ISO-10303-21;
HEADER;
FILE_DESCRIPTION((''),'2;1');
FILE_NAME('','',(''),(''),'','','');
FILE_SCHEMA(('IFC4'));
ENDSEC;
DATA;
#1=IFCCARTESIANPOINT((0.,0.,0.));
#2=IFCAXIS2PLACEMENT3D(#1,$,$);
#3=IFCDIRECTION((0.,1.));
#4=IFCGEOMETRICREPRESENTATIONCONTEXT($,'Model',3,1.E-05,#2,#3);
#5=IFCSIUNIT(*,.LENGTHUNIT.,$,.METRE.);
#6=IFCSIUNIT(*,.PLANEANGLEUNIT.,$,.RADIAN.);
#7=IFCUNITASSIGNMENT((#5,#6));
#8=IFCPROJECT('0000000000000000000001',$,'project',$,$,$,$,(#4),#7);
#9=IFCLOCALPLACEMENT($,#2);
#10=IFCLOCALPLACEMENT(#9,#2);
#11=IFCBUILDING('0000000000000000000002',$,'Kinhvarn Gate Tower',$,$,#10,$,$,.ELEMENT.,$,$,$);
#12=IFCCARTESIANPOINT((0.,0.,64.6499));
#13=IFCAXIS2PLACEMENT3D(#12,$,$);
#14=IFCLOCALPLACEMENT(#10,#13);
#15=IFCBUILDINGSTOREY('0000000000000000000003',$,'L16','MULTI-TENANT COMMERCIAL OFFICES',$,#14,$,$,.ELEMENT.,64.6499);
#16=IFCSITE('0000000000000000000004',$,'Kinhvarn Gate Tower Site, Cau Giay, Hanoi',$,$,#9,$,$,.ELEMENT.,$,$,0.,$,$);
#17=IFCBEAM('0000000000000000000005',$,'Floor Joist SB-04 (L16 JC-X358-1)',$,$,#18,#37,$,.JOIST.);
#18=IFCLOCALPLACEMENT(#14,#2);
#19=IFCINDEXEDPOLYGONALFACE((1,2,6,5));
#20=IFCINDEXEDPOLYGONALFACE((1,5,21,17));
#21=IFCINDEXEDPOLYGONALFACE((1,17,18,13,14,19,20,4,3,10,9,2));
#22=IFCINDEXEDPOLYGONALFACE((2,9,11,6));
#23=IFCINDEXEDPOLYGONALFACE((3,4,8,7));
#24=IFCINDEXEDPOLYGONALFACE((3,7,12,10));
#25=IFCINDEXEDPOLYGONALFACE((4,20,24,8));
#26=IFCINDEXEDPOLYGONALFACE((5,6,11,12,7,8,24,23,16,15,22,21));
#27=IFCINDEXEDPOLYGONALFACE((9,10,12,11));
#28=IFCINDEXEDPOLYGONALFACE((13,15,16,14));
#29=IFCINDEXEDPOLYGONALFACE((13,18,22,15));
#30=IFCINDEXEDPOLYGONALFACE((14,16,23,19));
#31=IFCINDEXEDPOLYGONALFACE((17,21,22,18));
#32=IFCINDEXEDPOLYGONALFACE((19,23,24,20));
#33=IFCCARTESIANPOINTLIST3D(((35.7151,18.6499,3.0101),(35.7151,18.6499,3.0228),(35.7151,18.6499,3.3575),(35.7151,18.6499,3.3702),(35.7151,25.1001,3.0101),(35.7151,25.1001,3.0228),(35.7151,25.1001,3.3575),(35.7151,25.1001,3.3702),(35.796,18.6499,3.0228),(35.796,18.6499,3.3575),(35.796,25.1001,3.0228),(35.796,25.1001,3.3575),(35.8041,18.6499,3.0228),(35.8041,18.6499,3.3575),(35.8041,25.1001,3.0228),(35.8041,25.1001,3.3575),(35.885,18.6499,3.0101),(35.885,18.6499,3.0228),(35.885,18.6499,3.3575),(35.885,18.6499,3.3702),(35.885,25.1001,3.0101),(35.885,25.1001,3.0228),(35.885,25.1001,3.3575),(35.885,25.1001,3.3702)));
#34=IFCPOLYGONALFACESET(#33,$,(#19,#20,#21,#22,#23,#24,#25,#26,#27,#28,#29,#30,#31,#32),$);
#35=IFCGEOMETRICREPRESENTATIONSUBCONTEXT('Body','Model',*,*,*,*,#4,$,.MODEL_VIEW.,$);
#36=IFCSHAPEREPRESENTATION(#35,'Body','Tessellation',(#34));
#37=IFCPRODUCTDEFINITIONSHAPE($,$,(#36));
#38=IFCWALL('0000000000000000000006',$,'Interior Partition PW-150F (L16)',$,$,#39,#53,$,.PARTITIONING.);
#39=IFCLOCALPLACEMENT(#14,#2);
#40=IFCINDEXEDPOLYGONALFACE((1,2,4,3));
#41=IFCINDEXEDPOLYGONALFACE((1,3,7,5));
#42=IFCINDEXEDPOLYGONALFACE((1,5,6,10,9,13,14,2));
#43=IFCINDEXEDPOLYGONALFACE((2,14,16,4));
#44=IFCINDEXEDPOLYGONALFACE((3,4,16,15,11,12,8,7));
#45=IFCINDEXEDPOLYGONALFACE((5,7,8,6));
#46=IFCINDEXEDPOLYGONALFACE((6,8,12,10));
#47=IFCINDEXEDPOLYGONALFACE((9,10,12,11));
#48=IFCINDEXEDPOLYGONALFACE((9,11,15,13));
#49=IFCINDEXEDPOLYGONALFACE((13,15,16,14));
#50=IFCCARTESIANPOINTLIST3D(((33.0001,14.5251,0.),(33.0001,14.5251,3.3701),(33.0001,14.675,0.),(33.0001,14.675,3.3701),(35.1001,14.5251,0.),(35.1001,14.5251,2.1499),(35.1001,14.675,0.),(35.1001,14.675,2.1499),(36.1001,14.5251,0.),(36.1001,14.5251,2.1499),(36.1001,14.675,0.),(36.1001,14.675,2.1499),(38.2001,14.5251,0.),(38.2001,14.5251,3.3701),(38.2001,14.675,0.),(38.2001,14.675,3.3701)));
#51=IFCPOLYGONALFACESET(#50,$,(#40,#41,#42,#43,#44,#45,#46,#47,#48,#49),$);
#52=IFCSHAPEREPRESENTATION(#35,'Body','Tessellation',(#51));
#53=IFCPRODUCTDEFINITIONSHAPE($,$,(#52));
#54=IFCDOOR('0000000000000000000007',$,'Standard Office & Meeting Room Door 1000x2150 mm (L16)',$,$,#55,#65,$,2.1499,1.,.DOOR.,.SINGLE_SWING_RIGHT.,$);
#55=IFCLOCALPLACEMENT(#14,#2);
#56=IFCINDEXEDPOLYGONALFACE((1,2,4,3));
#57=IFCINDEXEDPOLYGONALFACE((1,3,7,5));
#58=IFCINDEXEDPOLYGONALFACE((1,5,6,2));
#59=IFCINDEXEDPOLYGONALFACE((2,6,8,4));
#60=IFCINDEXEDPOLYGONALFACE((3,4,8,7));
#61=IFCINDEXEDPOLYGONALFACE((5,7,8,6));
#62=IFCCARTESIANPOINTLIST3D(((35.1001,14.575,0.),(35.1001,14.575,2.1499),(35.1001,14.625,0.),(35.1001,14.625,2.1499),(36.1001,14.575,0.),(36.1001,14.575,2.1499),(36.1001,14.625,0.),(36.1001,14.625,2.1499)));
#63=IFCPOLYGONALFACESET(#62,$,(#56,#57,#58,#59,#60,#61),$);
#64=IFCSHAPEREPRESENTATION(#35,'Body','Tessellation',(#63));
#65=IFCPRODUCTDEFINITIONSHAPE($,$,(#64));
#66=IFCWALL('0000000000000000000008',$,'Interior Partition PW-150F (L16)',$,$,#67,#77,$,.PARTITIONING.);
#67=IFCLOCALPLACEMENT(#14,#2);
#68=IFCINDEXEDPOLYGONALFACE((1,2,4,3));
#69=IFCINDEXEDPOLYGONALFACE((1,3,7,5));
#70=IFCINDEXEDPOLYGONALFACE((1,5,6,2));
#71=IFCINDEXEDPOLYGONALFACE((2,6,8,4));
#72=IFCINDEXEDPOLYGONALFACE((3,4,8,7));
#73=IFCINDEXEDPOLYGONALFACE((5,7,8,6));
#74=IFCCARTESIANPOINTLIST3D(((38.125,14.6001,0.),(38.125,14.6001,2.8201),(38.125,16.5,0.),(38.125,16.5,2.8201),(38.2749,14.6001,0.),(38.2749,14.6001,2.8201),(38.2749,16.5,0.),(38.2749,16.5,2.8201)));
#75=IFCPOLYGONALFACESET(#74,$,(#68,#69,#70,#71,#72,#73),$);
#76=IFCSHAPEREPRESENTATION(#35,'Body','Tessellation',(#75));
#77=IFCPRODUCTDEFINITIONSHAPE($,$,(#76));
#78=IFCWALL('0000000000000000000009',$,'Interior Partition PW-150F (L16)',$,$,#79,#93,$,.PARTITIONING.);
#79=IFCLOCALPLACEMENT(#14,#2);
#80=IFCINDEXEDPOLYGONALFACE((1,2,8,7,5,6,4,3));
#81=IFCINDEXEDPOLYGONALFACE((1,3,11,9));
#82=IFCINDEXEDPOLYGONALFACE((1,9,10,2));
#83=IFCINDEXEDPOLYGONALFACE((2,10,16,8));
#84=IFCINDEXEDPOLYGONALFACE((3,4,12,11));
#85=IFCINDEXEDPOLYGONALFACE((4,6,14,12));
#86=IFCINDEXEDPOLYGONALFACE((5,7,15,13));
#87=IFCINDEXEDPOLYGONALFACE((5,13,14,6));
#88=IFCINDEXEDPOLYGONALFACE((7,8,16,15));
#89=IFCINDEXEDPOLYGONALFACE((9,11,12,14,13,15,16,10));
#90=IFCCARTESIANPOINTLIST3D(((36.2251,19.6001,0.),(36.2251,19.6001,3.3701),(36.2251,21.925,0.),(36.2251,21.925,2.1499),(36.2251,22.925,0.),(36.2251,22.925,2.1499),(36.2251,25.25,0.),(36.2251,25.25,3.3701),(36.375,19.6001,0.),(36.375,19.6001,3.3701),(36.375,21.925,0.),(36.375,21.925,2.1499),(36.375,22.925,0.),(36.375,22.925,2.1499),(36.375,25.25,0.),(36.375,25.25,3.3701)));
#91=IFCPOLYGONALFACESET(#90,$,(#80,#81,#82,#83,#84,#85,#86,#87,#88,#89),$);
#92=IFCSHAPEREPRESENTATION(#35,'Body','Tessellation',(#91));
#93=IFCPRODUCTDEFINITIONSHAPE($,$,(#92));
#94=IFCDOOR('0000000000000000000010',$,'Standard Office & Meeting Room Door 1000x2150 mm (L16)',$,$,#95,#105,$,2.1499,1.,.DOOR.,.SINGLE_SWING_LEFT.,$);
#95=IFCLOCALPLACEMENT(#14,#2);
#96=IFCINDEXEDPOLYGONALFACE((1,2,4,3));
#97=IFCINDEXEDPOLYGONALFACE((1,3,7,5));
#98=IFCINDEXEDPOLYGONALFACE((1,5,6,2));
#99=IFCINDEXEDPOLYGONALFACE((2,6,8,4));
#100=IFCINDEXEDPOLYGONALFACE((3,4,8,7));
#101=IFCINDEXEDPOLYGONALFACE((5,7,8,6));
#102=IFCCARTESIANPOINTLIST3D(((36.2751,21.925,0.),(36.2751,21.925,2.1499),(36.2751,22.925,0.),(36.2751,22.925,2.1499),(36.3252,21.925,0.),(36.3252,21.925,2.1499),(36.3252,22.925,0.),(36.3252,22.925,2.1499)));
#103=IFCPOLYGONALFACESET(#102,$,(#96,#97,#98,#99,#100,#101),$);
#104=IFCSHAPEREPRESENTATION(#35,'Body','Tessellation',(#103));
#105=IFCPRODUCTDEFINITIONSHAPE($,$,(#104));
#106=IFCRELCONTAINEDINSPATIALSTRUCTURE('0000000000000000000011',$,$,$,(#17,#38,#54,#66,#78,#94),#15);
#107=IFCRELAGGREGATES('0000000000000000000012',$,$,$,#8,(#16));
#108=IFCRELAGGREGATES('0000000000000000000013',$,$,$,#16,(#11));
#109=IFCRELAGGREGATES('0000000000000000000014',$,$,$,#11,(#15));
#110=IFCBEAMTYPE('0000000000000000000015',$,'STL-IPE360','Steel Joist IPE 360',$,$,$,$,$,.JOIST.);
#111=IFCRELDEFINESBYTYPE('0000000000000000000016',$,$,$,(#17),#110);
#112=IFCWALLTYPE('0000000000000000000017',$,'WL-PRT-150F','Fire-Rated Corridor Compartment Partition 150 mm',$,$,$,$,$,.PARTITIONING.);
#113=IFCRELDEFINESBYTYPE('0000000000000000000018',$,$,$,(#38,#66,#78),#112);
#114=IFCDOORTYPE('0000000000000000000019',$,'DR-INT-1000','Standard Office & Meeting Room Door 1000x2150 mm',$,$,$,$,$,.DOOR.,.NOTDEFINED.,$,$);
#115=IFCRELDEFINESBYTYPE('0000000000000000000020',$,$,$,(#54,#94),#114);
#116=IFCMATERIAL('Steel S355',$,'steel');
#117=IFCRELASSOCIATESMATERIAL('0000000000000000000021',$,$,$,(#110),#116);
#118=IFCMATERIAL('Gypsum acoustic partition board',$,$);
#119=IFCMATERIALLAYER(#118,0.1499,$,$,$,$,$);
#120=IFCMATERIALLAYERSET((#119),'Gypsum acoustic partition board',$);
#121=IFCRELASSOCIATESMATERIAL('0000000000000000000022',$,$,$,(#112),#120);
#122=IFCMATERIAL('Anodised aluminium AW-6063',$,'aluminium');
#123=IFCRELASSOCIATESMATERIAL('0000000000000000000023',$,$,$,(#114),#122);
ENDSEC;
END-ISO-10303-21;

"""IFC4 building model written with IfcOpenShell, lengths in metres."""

from ifc_helpers import new_model, si_unit, direction, frame, frame_2d, origin, origin_2d, place, context, subcontext, project, spatial, rectangle, i_section, extrude, material, layer, layer_set, material_profile, profile_set, type_object, element, fill, save


model = new_model("IFC4")

# Units and contexts
model_context = context("Model", 3, precision=1e-05, world=origin(), true_north=direction((0.0, 1.0)))
body_context = subcontext(model_context, "Body", "Model", "MODEL_VIEW")
ifc_project = project(units=[si_unit("LENGTHUNIT", "METRE"), si_unit("PLANEANGLEUNIT", "RADIAN")], contexts=[model_context])

# Site, building, storey
site_placement = place(None, origin())
site = spatial("IfcSite", under=ifc_project, at=site_placement, Name="Kinhvarn Gate Tower Site, Cau Giay, Hanoi", CompositionType="ELEMENT", RefElevation=0.0)
building_placement = place(site_placement, origin())
building = spatial("IfcBuilding", under=site, at=building_placement, Name="Kinhvarn Gate Tower", CompositionType="ELEMENT")
storey_placement = place(building_placement, frame((0.0, 0.0, 64.6499)))
storey = spatial("IfcBuildingStorey", under=building, at=storey_placement, Name="L16", Description="MULTI-TENANT COMMERCIAL OFFICES", CompositionType="ELEMENT", Elevation=64.6499)

# Beam
ifc_material_1 = material(Name="Steel S355", Category="steel")
ifc_material_profile_1 = material_profile(ifc_material_1, i_section(OverallWidth=0.1699, OverallDepth=0.3601, WebThickness=0.0081, FlangeThickness=0.0127, at=origin_2d()), Name="IPE 360")
ifc_profile_set_1 = profile_set([ifc_material_profile_1], Name="Steel S355")
beam_type_1 = type_object("IfcBeamType", Name="STL-IPE360", Description="Steel Joist IPE 360", PredefinedType="JOIST", material=ifc_profile_set_1)
beam_1_placement = place(storey_placement, frame((35.8, 18.6499, 3.1902), z_axis=(0.0, 1.0, 0.0), x_axis=(-1.0, 0.0, 0.0)))
element("IfcBeam", 1, at=beam_1_placement, inside=storey, type_object=beam_type_1, Name="Floor Joist SB-04 (L16 JC-X358-1)", PredefinedType="JOIST", context=body_context, shape_type="SweptSolid", body=[
    extrude(i_section(OverallWidth=0.1699, OverallDepth=0.3601, WebThickness=0.0081, FlangeThickness=0.0127, at=origin_2d()), origin(), (0.0, 0.0, 1.0), 6.4502),
])

# Wall, opening, door
ifc_material_2 = material(Name="Gypsum acoustic partition board")
ifc_layer = layer(ifc_material_2, 0.1499)
ifc_layer_set = layer_set([ifc_layer], Name="Gypsum acoustic partition board")
wall_type = type_object("IfcWallType", Name="WL-PRT-150F", Description="Fire-Rated Corridor Compartment Partition 150 mm", PredefinedType="PARTITIONING", material=ifc_layer_set)
wall_1_placement = place(storey_placement, frame((33.0, 14.6001, 0.0), z_axis=(0.0, 0.0, 1.0), x_axis=(1.0, 0.0, 0.0)))
wall_1 = element("IfcWall", 2, at=wall_1_placement, inside=storey, type_object=wall_type, Name="Interior Partition PW-150F (L16)", PredefinedType="PARTITIONING", context=body_context, shape_type="SweptSolid", body=[
    extrude(rectangle(XDim=5.2, YDim=0.1499, at=frame_2d((2.6001, 0.0))), origin(), (0.0, 0.0, 1.0), 3.3701),
])
opening_1_placement = place(wall_1_placement, frame((2.1001, 0.0, 0.0)))
opening_1 = element("IfcOpeningElement", 3, at=opening_1_placement, cuts=wall_1, PredefinedType="OPENING", context=body_context, shape_type="SweptSolid", body=[
    extrude(rectangle(XDim=1.0, YDim=2.1499, at=frame_2d((0.5, 1.075))), frame((0.0, 0.085, 0.0), z_axis=(0.0, -1.0, 0.0), x_axis=(1.0, 0.0, 0.0)), (0.0, 0.0, 1.0), 0.1699),
])
ifc_material_3 = material(Name="Anodised aluminium AW-6063", Category="aluminium")
door_type = type_object("IfcDoorType", Name="DR-INT-1000", Description="Standard Office & Meeting Room Door 1000x2150 mm", OperationType="NOTDEFINED", PredefinedType="DOOR", material=ifc_material_3)
door_1_placement = place(opening_1_placement, origin())
door_1 = element("IfcDoor", 4, at=door_1_placement, inside=storey, type_object=door_type, Name="Standard Office & Meeting Room Door 1000x2150 mm (L16)", OperationType="SINGLE_SWING_RIGHT", OverallHeight=2.1499, OverallWidth=1.0, PredefinedType="DOOR", context=body_context, shape_type="SweptSolid", body=[
    extrude(rectangle(XDim=1.0, YDim=2.1499, at=frame_2d((0.5, 1.075))), frame((0.0, 0.0249, 0.0), z_axis=(0.0, -1.0, 0.0), x_axis=(1.0, 0.0, 0.0)), (0.0, 0.0, 1.0), 0.05),
])
fill(opening_1, door_1)

# Wall
wall_2_placement = place(storey_placement, frame((38.2, 14.6001, 0.0), z_axis=(0.0, 0.0, 1.0), x_axis=(0.0, 1.0, 0.0)))
element("IfcWall", 5, at=wall_2_placement, inside=storey, type_object=wall_type, Name="Interior Partition PW-150F (L16)", PredefinedType="PARTITIONING", context=body_context, shape_type="SweptSolid", body=[
    extrude(rectangle(XDim=1.8999, YDim=0.1499, at=frame_2d((0.95, 0.0))), origin(), (0.0, 0.0, 1.0), 2.8201),
])

# Wall, opening, door
wall_3_placement = place(storey_placement, frame((36.3, 19.6001, 0.0), z_axis=(0.0, 0.0, 1.0), x_axis=(0.0, 1.0, 0.0)))
wall_3 = element("IfcWall", 6, at=wall_3_placement, inside=storey, type_object=wall_type, Name="Interior Partition PW-150F (L16)", PredefinedType="PARTITIONING", context=body_context, shape_type="SweptSolid", body=[
    extrude(rectangle(XDim=5.6499, YDim=0.1499, at=frame_2d((2.825, 0.0))), origin(), (0.0, 0.0, 1.0), 3.3701),
])
opening_2_placement = place(wall_3_placement, frame((2.325, 0.0, 0.0)))
opening_2 = element("IfcOpeningElement", 7, at=opening_2_placement, cuts=wall_3, PredefinedType="OPENING", context=body_context, shape_type="SweptSolid", body=[
    extrude(rectangle(XDim=1.0, YDim=2.1499, at=frame_2d((0.5, 1.075))), frame((0.0, 0.085, 0.0), z_axis=(0.0, -1.0, 0.0), x_axis=(1.0, 0.0, 0.0)), (0.0, 0.0, 1.0), 0.1699),
])
door_2_placement = place(opening_2_placement, origin())
door_2 = element("IfcDoor", 8, at=door_2_placement, inside=storey, type_object=door_type, Name="Standard Office & Meeting Room Door 1000x2150 mm (L16)", OperationType="SINGLE_SWING_LEFT", OverallHeight=2.1499, OverallWidth=1.0, PredefinedType="DOOR", context=body_context, shape_type="SweptSolid", body=[
    extrude(rectangle(XDim=1.0, YDim=2.1499, at=frame_2d((0.5, 1.075))), frame((0.0, 0.0249, 0.0), z_axis=(0.0, -1.0, 0.0), x_axis=(1.0, 0.0, 0.0)), (0.0, 0.0, 1.0), 0.05),
])
fill(opening_2, door_2)

save(model, "model.ifc")
